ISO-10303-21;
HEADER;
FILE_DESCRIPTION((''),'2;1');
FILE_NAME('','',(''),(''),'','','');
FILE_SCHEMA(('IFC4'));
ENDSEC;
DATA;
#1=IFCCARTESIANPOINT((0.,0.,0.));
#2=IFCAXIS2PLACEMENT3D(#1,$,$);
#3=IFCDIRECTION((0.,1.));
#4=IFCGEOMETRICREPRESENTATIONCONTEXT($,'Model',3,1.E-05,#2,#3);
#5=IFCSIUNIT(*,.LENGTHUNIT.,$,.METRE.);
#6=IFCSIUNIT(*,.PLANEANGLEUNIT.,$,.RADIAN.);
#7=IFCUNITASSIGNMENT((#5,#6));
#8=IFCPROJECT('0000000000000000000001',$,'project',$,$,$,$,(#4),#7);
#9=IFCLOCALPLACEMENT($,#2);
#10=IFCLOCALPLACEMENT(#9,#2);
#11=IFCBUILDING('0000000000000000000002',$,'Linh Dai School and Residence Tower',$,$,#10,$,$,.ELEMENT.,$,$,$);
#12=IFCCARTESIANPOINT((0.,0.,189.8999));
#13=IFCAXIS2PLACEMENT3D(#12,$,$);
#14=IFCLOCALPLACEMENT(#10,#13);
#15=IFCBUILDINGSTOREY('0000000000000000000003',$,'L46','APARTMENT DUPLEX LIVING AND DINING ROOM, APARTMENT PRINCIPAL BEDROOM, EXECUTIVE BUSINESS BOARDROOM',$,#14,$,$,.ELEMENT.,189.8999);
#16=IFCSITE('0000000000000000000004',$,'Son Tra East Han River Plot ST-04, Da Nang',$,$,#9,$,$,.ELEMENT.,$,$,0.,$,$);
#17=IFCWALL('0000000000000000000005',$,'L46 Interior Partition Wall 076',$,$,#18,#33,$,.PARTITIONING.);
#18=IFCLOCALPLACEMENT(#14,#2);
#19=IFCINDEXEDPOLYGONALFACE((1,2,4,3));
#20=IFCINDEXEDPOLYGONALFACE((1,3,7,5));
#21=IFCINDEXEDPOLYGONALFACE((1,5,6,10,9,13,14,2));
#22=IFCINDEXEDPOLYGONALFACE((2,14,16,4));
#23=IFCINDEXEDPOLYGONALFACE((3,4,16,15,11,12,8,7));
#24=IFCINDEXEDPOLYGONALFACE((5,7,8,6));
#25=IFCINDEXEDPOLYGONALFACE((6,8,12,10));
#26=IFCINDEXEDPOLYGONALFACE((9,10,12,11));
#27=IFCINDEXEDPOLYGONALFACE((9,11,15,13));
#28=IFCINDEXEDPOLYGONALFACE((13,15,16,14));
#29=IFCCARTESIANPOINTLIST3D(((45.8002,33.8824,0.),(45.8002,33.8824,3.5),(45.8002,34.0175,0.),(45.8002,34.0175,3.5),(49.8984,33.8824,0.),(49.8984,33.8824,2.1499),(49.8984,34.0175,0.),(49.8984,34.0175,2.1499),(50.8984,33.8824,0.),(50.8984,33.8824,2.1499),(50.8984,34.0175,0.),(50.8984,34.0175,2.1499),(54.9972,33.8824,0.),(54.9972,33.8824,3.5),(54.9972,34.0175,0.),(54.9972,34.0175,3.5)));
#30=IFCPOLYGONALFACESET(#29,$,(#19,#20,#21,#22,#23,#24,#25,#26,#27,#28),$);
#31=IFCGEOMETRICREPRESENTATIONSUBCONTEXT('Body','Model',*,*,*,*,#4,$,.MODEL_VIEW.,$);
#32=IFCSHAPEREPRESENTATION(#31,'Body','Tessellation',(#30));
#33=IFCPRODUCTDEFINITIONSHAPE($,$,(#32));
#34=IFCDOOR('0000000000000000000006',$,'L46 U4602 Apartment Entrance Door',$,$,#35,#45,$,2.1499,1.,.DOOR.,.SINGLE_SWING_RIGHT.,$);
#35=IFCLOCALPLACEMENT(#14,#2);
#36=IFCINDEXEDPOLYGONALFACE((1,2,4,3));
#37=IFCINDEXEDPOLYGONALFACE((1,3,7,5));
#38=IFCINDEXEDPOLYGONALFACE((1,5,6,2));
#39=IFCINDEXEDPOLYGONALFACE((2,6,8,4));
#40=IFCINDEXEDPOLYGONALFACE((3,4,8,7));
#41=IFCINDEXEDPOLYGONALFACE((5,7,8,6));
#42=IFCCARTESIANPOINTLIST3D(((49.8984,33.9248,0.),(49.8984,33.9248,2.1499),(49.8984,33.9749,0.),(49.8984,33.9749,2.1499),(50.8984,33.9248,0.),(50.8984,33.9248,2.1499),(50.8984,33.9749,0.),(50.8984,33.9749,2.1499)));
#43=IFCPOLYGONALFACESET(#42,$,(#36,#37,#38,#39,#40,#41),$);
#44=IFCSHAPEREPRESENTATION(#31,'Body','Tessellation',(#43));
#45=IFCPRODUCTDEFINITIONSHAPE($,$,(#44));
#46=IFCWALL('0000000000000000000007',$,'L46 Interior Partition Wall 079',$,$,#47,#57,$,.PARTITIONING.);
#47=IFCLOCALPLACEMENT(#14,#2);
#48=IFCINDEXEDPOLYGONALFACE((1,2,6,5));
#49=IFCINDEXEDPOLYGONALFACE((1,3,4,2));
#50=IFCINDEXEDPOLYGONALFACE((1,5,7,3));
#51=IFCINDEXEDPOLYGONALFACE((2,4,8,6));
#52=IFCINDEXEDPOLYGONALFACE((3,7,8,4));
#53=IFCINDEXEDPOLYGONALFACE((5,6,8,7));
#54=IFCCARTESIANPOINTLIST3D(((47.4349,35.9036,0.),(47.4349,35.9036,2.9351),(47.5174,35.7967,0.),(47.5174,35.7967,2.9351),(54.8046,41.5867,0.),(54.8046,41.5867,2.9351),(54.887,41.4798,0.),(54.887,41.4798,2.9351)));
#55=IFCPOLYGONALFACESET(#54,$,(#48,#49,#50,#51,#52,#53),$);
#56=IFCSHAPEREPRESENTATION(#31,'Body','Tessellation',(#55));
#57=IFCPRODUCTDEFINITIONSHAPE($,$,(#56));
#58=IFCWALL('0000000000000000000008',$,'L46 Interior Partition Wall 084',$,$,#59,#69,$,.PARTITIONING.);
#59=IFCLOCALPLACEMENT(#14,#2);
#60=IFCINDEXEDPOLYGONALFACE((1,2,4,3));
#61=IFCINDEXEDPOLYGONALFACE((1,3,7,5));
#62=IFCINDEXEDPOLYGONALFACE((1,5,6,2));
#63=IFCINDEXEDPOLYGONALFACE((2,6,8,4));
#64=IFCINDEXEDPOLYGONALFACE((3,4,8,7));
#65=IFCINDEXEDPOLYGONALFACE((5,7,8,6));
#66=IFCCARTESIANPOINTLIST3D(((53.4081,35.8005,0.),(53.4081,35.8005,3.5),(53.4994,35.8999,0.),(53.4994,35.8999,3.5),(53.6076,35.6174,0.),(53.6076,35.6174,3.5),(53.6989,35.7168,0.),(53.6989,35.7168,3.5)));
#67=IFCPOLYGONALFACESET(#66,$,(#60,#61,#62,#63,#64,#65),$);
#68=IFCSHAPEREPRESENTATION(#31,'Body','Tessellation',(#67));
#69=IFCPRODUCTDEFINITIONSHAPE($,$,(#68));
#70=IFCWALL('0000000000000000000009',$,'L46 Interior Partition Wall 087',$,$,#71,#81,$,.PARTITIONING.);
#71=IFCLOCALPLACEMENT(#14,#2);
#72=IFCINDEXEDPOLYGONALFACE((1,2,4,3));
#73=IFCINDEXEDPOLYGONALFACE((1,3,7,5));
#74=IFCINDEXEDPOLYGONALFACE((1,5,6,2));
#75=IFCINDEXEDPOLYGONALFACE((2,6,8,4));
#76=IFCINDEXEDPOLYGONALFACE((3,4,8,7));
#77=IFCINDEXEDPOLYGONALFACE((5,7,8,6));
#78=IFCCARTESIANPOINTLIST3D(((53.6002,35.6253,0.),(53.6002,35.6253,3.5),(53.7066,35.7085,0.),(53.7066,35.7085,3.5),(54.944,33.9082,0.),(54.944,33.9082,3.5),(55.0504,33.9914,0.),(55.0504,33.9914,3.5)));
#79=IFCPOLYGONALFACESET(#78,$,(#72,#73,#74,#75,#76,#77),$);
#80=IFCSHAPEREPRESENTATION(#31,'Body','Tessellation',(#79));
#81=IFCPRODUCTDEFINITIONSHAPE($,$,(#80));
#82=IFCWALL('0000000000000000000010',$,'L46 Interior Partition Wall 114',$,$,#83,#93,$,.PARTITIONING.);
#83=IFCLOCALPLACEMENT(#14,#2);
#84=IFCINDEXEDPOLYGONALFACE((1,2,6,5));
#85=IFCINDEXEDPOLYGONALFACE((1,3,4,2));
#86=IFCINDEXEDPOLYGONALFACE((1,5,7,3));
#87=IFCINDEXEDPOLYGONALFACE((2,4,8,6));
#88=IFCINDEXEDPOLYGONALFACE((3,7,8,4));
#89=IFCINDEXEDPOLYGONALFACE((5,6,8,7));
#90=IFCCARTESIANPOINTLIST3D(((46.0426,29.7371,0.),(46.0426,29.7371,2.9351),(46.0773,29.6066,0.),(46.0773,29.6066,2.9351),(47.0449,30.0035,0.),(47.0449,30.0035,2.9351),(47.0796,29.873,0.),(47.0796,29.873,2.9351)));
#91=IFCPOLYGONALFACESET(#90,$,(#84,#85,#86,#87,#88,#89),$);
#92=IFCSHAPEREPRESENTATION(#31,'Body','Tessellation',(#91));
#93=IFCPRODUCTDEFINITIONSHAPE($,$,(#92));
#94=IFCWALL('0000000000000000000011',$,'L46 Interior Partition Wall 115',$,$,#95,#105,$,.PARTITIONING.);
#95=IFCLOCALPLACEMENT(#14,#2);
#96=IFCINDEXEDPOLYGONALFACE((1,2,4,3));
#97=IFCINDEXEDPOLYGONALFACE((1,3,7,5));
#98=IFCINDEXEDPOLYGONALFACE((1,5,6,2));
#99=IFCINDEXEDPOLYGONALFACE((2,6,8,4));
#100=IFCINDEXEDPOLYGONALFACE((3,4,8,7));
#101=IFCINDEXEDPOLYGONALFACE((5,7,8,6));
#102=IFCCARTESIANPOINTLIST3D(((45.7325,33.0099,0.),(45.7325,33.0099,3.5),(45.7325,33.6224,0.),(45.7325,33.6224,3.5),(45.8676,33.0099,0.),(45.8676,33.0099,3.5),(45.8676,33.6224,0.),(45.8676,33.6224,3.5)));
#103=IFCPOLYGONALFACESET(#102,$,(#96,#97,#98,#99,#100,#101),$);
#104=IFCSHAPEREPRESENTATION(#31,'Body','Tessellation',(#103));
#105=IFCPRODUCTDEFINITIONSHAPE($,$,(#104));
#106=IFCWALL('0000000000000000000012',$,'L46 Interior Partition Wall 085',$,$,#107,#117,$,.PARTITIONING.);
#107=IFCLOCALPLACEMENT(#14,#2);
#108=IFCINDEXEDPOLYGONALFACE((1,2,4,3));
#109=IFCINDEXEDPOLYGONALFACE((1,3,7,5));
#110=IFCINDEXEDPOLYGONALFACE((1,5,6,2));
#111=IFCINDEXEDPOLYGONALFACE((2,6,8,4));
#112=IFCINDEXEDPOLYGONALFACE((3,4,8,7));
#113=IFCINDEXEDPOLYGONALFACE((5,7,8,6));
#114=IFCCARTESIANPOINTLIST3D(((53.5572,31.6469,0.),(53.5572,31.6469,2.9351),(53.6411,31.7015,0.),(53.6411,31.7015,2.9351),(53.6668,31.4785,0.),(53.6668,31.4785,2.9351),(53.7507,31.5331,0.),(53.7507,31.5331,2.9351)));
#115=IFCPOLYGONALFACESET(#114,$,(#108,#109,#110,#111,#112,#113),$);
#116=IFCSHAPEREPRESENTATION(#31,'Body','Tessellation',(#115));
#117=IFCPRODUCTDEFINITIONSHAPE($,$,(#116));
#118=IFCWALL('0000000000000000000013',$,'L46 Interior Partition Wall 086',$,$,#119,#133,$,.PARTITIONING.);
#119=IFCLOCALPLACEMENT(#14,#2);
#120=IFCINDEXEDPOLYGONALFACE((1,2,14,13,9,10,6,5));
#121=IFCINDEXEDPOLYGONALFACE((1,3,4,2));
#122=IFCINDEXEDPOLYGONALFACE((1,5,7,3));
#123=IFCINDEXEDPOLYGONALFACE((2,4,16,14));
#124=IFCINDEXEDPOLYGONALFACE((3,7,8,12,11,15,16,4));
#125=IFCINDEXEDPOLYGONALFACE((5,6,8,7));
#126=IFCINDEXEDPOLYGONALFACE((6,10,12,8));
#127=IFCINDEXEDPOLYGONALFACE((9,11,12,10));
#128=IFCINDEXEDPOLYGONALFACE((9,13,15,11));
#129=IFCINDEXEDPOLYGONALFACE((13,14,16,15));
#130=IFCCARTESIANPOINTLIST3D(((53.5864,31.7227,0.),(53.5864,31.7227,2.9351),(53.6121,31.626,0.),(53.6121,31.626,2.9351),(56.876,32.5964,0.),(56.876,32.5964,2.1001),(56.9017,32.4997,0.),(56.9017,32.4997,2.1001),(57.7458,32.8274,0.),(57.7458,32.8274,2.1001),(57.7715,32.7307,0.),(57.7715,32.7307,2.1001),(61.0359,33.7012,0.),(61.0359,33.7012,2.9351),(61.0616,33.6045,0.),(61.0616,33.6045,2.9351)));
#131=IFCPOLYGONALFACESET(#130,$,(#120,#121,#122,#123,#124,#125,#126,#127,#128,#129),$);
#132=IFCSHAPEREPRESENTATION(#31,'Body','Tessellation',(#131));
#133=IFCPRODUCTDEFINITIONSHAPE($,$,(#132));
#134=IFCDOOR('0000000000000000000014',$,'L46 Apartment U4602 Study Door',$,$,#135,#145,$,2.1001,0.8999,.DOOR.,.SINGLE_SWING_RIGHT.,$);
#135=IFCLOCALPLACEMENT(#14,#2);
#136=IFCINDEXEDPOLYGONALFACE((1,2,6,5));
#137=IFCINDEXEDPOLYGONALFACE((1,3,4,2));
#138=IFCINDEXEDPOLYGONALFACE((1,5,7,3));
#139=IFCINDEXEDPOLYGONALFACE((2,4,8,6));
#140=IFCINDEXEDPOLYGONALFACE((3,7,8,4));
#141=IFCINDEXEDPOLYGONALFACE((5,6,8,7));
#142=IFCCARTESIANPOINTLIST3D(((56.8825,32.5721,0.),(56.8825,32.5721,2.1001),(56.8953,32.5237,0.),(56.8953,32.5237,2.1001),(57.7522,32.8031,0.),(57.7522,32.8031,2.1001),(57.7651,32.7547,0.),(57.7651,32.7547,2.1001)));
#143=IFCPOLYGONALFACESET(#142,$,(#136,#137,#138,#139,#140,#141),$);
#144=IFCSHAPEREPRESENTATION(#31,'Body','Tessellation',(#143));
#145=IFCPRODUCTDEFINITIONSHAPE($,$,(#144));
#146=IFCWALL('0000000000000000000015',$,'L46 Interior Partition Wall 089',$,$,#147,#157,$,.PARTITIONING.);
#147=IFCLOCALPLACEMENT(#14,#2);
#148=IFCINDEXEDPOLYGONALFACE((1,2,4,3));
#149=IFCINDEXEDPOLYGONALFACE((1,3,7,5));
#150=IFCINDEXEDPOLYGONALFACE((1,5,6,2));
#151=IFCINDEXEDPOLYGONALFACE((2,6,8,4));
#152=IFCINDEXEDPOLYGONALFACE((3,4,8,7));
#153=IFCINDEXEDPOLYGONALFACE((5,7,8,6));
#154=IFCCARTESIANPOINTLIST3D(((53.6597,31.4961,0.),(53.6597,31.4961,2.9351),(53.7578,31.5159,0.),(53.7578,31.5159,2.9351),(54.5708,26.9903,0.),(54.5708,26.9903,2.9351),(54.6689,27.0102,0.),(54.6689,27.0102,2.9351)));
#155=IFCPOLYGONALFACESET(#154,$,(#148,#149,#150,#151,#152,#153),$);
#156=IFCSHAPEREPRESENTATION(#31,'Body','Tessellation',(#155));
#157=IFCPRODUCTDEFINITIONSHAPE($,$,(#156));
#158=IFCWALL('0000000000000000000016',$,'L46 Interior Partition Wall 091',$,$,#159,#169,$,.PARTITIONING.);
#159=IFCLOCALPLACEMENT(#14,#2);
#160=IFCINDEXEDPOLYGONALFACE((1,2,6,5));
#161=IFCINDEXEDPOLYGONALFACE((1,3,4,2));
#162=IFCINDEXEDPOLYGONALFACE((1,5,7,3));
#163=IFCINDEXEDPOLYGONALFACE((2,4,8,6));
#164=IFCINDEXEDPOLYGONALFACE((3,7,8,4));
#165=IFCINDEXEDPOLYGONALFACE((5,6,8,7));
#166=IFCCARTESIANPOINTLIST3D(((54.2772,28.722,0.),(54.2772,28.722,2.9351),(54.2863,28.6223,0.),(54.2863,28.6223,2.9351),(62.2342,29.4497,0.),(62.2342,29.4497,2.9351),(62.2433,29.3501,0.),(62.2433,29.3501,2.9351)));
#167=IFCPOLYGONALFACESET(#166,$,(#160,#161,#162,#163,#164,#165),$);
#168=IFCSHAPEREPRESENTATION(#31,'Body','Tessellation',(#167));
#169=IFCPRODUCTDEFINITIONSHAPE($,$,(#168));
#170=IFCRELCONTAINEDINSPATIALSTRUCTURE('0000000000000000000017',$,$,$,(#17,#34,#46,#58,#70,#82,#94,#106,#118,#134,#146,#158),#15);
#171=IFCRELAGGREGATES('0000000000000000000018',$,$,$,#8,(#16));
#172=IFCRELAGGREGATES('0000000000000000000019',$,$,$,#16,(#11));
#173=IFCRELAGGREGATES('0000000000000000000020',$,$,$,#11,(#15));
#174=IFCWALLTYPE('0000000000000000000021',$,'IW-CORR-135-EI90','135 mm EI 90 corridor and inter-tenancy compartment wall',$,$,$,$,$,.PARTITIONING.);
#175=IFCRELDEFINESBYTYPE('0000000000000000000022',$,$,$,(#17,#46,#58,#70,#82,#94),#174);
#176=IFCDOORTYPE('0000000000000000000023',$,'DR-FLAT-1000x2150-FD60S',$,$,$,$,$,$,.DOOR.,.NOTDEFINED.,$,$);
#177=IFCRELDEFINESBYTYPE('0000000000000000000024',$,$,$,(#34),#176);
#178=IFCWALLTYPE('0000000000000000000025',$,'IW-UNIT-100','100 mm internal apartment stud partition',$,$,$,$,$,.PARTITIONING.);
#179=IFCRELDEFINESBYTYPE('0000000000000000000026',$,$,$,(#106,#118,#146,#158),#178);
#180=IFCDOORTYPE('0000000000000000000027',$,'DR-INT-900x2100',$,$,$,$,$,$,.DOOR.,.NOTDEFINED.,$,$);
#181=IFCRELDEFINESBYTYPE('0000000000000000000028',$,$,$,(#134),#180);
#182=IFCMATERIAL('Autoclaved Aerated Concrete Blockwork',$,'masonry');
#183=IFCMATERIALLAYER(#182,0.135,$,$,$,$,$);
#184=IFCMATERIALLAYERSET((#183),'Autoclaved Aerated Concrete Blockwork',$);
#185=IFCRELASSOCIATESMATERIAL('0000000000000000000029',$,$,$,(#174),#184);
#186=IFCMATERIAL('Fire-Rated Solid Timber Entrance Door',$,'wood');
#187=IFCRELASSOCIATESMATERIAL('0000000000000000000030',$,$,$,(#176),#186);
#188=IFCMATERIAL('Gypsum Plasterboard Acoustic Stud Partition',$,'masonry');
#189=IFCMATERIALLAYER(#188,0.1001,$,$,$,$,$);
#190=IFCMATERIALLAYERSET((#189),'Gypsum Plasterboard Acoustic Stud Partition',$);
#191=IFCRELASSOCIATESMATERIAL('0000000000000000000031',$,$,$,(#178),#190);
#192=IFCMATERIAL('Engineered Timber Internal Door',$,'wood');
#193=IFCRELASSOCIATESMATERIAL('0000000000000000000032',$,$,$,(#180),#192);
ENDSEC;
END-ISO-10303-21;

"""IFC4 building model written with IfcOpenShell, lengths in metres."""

from ifc_helpers import new_model, si_unit, direction, frame, frame_2d, origin, origin_2d, place, context, subcontext, project, spatial, rectangle, extrude, source, transform, mapped, material, layer, layer_set, type_object, element, fill, save


model = new_model("IFC4")

# Units and contexts
model_context = context("Model", 3, precision=1e-05, world=origin(), true_north=direction((0.0, 1.0)))
body_context = subcontext(model_context, "Body", "Model", "MODEL_VIEW")
ifc_project = project(units=[si_unit("LENGTHUNIT", "METRE"), si_unit("PLANEANGLEUNIT", "RADIAN")], contexts=[model_context])

# Site, building, storey
site_placement = place(None, origin())
site = spatial("IfcSite", under=ifc_project, at=site_placement, Name="Son Tra East Han River Plot ST-04, Da Nang", CompositionType="ELEMENT", RefElevation=0.0)
building_placement = place(site_placement, origin())
building = spatial("IfcBuilding", under=site, at=building_placement, Name="Linh Dai School and Residence Tower", CompositionType="ELEMENT")
storey_placement = place(building_placement, frame((0.0, 0.0, 189.8999)))
storey = spatial("IfcBuildingStorey", under=building, at=storey_placement, Name="L46", Description="APARTMENT DUPLEX LIVING AND DINING ROOM, APARTMENT PRINCIPAL BEDROOM, EXECUTIVE BUSINESS BOARDROOM", CompositionType="ELEMENT", Elevation=189.8999)

# Wall, opening, door
ifc_material_1 = material(Name="Autoclaved Aerated Concrete Blockwork", Category="masonry")
ifc_layer_1 = layer(ifc_material_1, 0.135)
ifc_layer_set_1 = layer_set([ifc_layer_1], Name="Autoclaved Aerated Concrete Blockwork")
wall_type_1 = type_object("IfcWallType", Name="IW-CORR-135-EI90", Description="135 mm EI 90 corridor and inter-tenancy compartment wall", PredefinedType="PARTITIONING", material=ifc_layer_set_1)
wall_1_placement = place(storey_placement, frame((45.8, 33.95, 0.0), z_axis=(0.0, 0.0, 1.0), x_axis=(1.0, 0.0, 0.0)))
wall_1 = element("IfcWall", 1, at=wall_1_placement, inside=storey, type_object=wall_type_1, Name="L46 Interior Partition Wall 076", PredefinedType="PARTITIONING", context=body_context, shape_type="SweptSolid", body=[
    extrude(rectangle(XDim=9.197, YDim=0.135, at=frame_2d((4.5986, 0.0))), origin(), (0.0, 0.0, 1.0), 3.5),
])
opening_1_placement = place(wall_1_placement, frame((4.0984, 0.0, 0.0)))
opening_1 = element("IfcOpeningElement", 2, at=opening_1_placement, cuts=wall_1, PredefinedType="OPENING", context=body_context, shape_type="SweptSolid", body=[
    extrude(rectangle(XDim=1.0, YDim=2.1499, at=origin_2d()), frame((0.5, 0.0776, 1.075), z_axis=(0.0, -1.0, 0.0), x_axis=(1.0, 0.0, 0.0)), (0.0, 0.0, 1.0), 0.155),
])
ifc_material_2 = material(Name="Fire-Rated Solid Timber Entrance Door", Category="wood")
door_type_1 = type_object("IfcDoorType", Name="DR-FLAT-1000x2150-FD60S", OperationType="NOTDEFINED", PredefinedType="DOOR", material=ifc_material_2)
shared_shape_1 = source(origin(), body_context, "Body", "SweptSolid", [
    extrude(rectangle(XDim=1.0, YDim=2.1499, at=origin_2d()), frame((0.5, 0.0249, 1.075), z_axis=(0.0, -1.0, 0.0), x_axis=(1.0, 0.0, 0.0)), (0.0, 0.0, 1.0), 0.05),
])
door_1_placement = place(opening_1_placement, origin())
door_1 = element("IfcDoor", 3, at=door_1_placement, inside=storey, type_object=door_type_1, Name="L46 U4602 Apartment Entrance Door", OperationType="SINGLE_SWING_RIGHT", OverallHeight=2.1499, OverallWidth=1.0, PredefinedType="DOOR", context=body_context, shape_type="MappedRepresentation", body=[
    mapped(shared_shape_1, transform((0.0, 0.0, 0.0), x_axis=(1.0, 0.0, 0.0), y_axis=(0.0, 1.0, 0.0), z_axis=(0.0, 0.0, 1.0), scale=1.0)),
])
fill(opening_1, door_1)

# Walls
wall_2_placement = place(storey_placement, frame((47.4761, 35.8501, 0.0), z_axis=(0.0, 0.0, 1.0), x_axis=(0.791888, 0.610666, 0.0)))
element("IfcWall", 4, at=wall_2_placement, inside=storey, type_object=wall_type_1, Name="L46 Interior Partition Wall 079", PredefinedType="PARTITIONING", context=body_context, shape_type="SweptSolid", body=[
    extrude(rectangle(XDim=9.3064, YDim=0.135, at=frame_2d((4.6533, 0.0))), origin(), (0.0, 0.0, 1.0), 2.9351),
])
wall_3_placement = place(storey_placement, frame((53.4539, 35.8501, 0.0), z_axis=(0.0, 0.0, 1.0), x_axis=(0.736667, -0.676255, 0.0)))
element("IfcWall", 5, at=wall_3_placement, inside=storey, type_object=wall_type_1, Name="L46 Interior Partition Wall 084", PredefinedType="PARTITIONING", context=body_context, shape_type="SweptSolid", body=[
    extrude(rectangle(XDim=0.2708, YDim=0.135, at=frame_2d((0.1353, 0.0))), origin(), (0.0, 0.0, 1.0), 3.5),
])
wall_4_placement = place(storey_placement, frame((53.6533, 35.667, 0.0), z_axis=(0.0, 0.0, 1.0), x_axis=(0.616302, -0.78751, 0.0)))
element("IfcWall", 6, at=wall_4_placement, inside=storey, type_object=wall_type_1, Name="L46 Interior Partition Wall 087", PredefinedType="PARTITIONING", context=body_context, shape_type="SweptSolid", body=[
    extrude(rectangle(XDim=2.1804, YDim=0.135, at=frame_2d((1.0903, 0.0))), origin(), (0.0, 0.0, 1.0), 3.5),
])
wall_5_placement = place(storey_placement, frame((47.0623, 29.9382, 0.0), z_axis=(0.0, 0.0, 1.0), x_axis=(-0.96645, -0.256857, 0.0)))
element("IfcWall", 7, at=wall_5_placement, inside=storey, type_object=wall_type_1, Name="L46 Interior Partition Wall 114", PredefinedType="PARTITIONING", context=body_context, shape_type="SweptSolid", body=[
    extrude(rectangle(XDim=1.0371, YDim=0.135, at=frame_2d((0.5186, 0.0))), origin(), (0.0, 0.0, 1.0), 2.9351),
])
wall_6_placement = place(storey_placement, frame((45.8, 33.01, 0.0), z_axis=(0.0, 0.0, 1.0), x_axis=(0.0, 1.0, 0.0)))
element("IfcWall", 8, at=wall_6_placement, inside=storey, type_object=wall_type_1, Name="L46 Interior Partition Wall 115", PredefinedType="PARTITIONING", context=body_context, shape_type="SweptSolid", body=[
    extrude(rectangle(XDim=0.6125, YDim=0.135, at=frame_2d((0.3062, 0.0))), origin(), (0.0, 0.0, 1.0), 3.5),
])
ifc_material_3 = material(Name="Gypsum Plasterboard Acoustic Stud Partition", Category="masonry")
ifc_layer_2 = layer(ifc_material_3, 0.1001)
ifc_layer_set_2 = layer_set([ifc_layer_2], Name="Gypsum Plasterboard Acoustic Stud Partition")
wall_type_2 = type_object("IfcWallType", Name="IW-UNIT-100", Description="100 mm internal apartment stud partition", PredefinedType="PARTITIONING", material=ifc_layer_set_2)
wall_7_placement = place(storey_placement, frame((53.5991, 31.6743, 0.0), z_axis=(0.0, 0.0, 1.0), x_axis=(0.545415, -0.838166, 0.0)))
element("IfcWall", 9, at=wall_7_placement, inside=storey, type_object=wall_type_2, Name="L46 Interior Partition Wall 085", PredefinedType="PARTITIONING", context=body_context, shape_type="SweptSolid", body=[
    extrude(rectangle(XDim=0.2009, YDim=0.1001, at=frame_2d((0.1006, 0.0))), origin(), (0.0, 0.0, 1.0), 2.9351),
])

# Wall, opening, door
wall_8_placement = place(storey_placement, frame((53.5991, 31.6743, 0.0), z_axis=(0.0, 0.0, 1.0), x_axis=(0.966493, 0.256693, 0.0)))
wall_8 = element("IfcWall", 10, at=wall_8_placement, inside=storey, type_object=wall_type_2, Name="L46 Interior Partition Wall 086", PredefinedType="PARTITIONING", context=body_context, shape_type="SweptSolid", body=[
    extrude(rectangle(XDim=7.7078, YDim=0.1001, at=frame_2d((3.854, 0.0))), origin(), (0.0, 0.0, 1.0), 2.9351),
])
opening_2_placement = place(wall_8_placement, frame((3.4038, 0.0, 0.0)))
opening_2 = element("IfcOpeningElement", 11, at=opening_2_placement, cuts=wall_8, PredefinedType="OPENING", context=body_context, shape_type="SweptSolid", body=[
    extrude(rectangle(XDim=0.8999, YDim=2.1001, at=origin_2d()), frame((0.45, 0.0601, 1.05), z_axis=(0.0, -1.0, 0.0), x_axis=(1.0, 0.0, 0.0)), (0.0, 0.0, 1.0), 0.1201),
])
ifc_material_4 = material(Name="Engineered Timber Internal Door", Category="wood")
door_type_2 = type_object("IfcDoorType", Name="DR-INT-900x2100", OperationType="NOTDEFINED", PredefinedType="DOOR", material=ifc_material_4)
shared_shape_2 = source(origin(), body_context, "Body", "SweptSolid", [
    extrude(rectangle(XDim=0.8999, YDim=2.1001, at=origin_2d()), frame((0.45, 0.0249, 1.05), z_axis=(0.0, -1.0, 0.0), x_axis=(1.0, 0.0, 0.0)), (0.0, 0.0, 1.0), 0.05),
])
door_2_placement = place(opening_2_placement, origin())
door_2 = element("IfcDoor", 12, at=door_2_placement, inside=storey, type_object=door_type_2, Name="L46 Apartment U4602 Study Door", OperationType="SINGLE_SWING_RIGHT", OverallHeight=2.1001, OverallWidth=0.8999, PredefinedType="DOOR", context=body_context, shape_type="MappedRepresentation", body=[
    mapped(shared_shape_2, transform((0.0, 0.0, 0.0), x_axis=(1.0, 0.0, 0.0), y_axis=(0.0, 1.0, 0.0), z_axis=(0.0, 0.0, 1.0), scale=1.0)),
])
fill(opening_2, door_2)

# Walls
wall_9_placement = place(storey_placement, frame((53.7087, 31.5059, 0.0), z_axis=(0.0, 0.0, 1.0), x_axis=(0.198209, -0.98016, 0.0)))
element("IfcWall", 13, at=wall_9_placement, inside=storey, type_object=wall_type_2, Name="L46 Interior Partition Wall 089", PredefinedType="PARTITIONING", context=body_context, shape_type="SweptSolid", body=[
    extrude(rectangle(XDim=4.5969, YDim=0.1001, at=frame_2d((2.2983, 0.0))), origin(), (0.0, 0.0, 1.0), 2.9351),
])
wall_10_placement = place(storey_placement, frame((54.2817, 28.6721, 0.0), z_axis=(0.0, 0.0, 1.0), x_axis=(0.995843, 0.091084, 0.0)))
element("IfcWall", 14, at=wall_10_placement, inside=storey, type_object=wall_type_2, Name="L46 Interior Partition Wall 091", PredefinedType="PARTITIONING", context=body_context, shape_type="SweptSolid", body=[
    extrude(rectangle(XDim=7.9902, YDim=0.1001, at=frame_2d((3.9951, 0.0))), origin(), (0.0, 0.0, 1.0), 2.9351),
])

save(model, "model.ifc")
